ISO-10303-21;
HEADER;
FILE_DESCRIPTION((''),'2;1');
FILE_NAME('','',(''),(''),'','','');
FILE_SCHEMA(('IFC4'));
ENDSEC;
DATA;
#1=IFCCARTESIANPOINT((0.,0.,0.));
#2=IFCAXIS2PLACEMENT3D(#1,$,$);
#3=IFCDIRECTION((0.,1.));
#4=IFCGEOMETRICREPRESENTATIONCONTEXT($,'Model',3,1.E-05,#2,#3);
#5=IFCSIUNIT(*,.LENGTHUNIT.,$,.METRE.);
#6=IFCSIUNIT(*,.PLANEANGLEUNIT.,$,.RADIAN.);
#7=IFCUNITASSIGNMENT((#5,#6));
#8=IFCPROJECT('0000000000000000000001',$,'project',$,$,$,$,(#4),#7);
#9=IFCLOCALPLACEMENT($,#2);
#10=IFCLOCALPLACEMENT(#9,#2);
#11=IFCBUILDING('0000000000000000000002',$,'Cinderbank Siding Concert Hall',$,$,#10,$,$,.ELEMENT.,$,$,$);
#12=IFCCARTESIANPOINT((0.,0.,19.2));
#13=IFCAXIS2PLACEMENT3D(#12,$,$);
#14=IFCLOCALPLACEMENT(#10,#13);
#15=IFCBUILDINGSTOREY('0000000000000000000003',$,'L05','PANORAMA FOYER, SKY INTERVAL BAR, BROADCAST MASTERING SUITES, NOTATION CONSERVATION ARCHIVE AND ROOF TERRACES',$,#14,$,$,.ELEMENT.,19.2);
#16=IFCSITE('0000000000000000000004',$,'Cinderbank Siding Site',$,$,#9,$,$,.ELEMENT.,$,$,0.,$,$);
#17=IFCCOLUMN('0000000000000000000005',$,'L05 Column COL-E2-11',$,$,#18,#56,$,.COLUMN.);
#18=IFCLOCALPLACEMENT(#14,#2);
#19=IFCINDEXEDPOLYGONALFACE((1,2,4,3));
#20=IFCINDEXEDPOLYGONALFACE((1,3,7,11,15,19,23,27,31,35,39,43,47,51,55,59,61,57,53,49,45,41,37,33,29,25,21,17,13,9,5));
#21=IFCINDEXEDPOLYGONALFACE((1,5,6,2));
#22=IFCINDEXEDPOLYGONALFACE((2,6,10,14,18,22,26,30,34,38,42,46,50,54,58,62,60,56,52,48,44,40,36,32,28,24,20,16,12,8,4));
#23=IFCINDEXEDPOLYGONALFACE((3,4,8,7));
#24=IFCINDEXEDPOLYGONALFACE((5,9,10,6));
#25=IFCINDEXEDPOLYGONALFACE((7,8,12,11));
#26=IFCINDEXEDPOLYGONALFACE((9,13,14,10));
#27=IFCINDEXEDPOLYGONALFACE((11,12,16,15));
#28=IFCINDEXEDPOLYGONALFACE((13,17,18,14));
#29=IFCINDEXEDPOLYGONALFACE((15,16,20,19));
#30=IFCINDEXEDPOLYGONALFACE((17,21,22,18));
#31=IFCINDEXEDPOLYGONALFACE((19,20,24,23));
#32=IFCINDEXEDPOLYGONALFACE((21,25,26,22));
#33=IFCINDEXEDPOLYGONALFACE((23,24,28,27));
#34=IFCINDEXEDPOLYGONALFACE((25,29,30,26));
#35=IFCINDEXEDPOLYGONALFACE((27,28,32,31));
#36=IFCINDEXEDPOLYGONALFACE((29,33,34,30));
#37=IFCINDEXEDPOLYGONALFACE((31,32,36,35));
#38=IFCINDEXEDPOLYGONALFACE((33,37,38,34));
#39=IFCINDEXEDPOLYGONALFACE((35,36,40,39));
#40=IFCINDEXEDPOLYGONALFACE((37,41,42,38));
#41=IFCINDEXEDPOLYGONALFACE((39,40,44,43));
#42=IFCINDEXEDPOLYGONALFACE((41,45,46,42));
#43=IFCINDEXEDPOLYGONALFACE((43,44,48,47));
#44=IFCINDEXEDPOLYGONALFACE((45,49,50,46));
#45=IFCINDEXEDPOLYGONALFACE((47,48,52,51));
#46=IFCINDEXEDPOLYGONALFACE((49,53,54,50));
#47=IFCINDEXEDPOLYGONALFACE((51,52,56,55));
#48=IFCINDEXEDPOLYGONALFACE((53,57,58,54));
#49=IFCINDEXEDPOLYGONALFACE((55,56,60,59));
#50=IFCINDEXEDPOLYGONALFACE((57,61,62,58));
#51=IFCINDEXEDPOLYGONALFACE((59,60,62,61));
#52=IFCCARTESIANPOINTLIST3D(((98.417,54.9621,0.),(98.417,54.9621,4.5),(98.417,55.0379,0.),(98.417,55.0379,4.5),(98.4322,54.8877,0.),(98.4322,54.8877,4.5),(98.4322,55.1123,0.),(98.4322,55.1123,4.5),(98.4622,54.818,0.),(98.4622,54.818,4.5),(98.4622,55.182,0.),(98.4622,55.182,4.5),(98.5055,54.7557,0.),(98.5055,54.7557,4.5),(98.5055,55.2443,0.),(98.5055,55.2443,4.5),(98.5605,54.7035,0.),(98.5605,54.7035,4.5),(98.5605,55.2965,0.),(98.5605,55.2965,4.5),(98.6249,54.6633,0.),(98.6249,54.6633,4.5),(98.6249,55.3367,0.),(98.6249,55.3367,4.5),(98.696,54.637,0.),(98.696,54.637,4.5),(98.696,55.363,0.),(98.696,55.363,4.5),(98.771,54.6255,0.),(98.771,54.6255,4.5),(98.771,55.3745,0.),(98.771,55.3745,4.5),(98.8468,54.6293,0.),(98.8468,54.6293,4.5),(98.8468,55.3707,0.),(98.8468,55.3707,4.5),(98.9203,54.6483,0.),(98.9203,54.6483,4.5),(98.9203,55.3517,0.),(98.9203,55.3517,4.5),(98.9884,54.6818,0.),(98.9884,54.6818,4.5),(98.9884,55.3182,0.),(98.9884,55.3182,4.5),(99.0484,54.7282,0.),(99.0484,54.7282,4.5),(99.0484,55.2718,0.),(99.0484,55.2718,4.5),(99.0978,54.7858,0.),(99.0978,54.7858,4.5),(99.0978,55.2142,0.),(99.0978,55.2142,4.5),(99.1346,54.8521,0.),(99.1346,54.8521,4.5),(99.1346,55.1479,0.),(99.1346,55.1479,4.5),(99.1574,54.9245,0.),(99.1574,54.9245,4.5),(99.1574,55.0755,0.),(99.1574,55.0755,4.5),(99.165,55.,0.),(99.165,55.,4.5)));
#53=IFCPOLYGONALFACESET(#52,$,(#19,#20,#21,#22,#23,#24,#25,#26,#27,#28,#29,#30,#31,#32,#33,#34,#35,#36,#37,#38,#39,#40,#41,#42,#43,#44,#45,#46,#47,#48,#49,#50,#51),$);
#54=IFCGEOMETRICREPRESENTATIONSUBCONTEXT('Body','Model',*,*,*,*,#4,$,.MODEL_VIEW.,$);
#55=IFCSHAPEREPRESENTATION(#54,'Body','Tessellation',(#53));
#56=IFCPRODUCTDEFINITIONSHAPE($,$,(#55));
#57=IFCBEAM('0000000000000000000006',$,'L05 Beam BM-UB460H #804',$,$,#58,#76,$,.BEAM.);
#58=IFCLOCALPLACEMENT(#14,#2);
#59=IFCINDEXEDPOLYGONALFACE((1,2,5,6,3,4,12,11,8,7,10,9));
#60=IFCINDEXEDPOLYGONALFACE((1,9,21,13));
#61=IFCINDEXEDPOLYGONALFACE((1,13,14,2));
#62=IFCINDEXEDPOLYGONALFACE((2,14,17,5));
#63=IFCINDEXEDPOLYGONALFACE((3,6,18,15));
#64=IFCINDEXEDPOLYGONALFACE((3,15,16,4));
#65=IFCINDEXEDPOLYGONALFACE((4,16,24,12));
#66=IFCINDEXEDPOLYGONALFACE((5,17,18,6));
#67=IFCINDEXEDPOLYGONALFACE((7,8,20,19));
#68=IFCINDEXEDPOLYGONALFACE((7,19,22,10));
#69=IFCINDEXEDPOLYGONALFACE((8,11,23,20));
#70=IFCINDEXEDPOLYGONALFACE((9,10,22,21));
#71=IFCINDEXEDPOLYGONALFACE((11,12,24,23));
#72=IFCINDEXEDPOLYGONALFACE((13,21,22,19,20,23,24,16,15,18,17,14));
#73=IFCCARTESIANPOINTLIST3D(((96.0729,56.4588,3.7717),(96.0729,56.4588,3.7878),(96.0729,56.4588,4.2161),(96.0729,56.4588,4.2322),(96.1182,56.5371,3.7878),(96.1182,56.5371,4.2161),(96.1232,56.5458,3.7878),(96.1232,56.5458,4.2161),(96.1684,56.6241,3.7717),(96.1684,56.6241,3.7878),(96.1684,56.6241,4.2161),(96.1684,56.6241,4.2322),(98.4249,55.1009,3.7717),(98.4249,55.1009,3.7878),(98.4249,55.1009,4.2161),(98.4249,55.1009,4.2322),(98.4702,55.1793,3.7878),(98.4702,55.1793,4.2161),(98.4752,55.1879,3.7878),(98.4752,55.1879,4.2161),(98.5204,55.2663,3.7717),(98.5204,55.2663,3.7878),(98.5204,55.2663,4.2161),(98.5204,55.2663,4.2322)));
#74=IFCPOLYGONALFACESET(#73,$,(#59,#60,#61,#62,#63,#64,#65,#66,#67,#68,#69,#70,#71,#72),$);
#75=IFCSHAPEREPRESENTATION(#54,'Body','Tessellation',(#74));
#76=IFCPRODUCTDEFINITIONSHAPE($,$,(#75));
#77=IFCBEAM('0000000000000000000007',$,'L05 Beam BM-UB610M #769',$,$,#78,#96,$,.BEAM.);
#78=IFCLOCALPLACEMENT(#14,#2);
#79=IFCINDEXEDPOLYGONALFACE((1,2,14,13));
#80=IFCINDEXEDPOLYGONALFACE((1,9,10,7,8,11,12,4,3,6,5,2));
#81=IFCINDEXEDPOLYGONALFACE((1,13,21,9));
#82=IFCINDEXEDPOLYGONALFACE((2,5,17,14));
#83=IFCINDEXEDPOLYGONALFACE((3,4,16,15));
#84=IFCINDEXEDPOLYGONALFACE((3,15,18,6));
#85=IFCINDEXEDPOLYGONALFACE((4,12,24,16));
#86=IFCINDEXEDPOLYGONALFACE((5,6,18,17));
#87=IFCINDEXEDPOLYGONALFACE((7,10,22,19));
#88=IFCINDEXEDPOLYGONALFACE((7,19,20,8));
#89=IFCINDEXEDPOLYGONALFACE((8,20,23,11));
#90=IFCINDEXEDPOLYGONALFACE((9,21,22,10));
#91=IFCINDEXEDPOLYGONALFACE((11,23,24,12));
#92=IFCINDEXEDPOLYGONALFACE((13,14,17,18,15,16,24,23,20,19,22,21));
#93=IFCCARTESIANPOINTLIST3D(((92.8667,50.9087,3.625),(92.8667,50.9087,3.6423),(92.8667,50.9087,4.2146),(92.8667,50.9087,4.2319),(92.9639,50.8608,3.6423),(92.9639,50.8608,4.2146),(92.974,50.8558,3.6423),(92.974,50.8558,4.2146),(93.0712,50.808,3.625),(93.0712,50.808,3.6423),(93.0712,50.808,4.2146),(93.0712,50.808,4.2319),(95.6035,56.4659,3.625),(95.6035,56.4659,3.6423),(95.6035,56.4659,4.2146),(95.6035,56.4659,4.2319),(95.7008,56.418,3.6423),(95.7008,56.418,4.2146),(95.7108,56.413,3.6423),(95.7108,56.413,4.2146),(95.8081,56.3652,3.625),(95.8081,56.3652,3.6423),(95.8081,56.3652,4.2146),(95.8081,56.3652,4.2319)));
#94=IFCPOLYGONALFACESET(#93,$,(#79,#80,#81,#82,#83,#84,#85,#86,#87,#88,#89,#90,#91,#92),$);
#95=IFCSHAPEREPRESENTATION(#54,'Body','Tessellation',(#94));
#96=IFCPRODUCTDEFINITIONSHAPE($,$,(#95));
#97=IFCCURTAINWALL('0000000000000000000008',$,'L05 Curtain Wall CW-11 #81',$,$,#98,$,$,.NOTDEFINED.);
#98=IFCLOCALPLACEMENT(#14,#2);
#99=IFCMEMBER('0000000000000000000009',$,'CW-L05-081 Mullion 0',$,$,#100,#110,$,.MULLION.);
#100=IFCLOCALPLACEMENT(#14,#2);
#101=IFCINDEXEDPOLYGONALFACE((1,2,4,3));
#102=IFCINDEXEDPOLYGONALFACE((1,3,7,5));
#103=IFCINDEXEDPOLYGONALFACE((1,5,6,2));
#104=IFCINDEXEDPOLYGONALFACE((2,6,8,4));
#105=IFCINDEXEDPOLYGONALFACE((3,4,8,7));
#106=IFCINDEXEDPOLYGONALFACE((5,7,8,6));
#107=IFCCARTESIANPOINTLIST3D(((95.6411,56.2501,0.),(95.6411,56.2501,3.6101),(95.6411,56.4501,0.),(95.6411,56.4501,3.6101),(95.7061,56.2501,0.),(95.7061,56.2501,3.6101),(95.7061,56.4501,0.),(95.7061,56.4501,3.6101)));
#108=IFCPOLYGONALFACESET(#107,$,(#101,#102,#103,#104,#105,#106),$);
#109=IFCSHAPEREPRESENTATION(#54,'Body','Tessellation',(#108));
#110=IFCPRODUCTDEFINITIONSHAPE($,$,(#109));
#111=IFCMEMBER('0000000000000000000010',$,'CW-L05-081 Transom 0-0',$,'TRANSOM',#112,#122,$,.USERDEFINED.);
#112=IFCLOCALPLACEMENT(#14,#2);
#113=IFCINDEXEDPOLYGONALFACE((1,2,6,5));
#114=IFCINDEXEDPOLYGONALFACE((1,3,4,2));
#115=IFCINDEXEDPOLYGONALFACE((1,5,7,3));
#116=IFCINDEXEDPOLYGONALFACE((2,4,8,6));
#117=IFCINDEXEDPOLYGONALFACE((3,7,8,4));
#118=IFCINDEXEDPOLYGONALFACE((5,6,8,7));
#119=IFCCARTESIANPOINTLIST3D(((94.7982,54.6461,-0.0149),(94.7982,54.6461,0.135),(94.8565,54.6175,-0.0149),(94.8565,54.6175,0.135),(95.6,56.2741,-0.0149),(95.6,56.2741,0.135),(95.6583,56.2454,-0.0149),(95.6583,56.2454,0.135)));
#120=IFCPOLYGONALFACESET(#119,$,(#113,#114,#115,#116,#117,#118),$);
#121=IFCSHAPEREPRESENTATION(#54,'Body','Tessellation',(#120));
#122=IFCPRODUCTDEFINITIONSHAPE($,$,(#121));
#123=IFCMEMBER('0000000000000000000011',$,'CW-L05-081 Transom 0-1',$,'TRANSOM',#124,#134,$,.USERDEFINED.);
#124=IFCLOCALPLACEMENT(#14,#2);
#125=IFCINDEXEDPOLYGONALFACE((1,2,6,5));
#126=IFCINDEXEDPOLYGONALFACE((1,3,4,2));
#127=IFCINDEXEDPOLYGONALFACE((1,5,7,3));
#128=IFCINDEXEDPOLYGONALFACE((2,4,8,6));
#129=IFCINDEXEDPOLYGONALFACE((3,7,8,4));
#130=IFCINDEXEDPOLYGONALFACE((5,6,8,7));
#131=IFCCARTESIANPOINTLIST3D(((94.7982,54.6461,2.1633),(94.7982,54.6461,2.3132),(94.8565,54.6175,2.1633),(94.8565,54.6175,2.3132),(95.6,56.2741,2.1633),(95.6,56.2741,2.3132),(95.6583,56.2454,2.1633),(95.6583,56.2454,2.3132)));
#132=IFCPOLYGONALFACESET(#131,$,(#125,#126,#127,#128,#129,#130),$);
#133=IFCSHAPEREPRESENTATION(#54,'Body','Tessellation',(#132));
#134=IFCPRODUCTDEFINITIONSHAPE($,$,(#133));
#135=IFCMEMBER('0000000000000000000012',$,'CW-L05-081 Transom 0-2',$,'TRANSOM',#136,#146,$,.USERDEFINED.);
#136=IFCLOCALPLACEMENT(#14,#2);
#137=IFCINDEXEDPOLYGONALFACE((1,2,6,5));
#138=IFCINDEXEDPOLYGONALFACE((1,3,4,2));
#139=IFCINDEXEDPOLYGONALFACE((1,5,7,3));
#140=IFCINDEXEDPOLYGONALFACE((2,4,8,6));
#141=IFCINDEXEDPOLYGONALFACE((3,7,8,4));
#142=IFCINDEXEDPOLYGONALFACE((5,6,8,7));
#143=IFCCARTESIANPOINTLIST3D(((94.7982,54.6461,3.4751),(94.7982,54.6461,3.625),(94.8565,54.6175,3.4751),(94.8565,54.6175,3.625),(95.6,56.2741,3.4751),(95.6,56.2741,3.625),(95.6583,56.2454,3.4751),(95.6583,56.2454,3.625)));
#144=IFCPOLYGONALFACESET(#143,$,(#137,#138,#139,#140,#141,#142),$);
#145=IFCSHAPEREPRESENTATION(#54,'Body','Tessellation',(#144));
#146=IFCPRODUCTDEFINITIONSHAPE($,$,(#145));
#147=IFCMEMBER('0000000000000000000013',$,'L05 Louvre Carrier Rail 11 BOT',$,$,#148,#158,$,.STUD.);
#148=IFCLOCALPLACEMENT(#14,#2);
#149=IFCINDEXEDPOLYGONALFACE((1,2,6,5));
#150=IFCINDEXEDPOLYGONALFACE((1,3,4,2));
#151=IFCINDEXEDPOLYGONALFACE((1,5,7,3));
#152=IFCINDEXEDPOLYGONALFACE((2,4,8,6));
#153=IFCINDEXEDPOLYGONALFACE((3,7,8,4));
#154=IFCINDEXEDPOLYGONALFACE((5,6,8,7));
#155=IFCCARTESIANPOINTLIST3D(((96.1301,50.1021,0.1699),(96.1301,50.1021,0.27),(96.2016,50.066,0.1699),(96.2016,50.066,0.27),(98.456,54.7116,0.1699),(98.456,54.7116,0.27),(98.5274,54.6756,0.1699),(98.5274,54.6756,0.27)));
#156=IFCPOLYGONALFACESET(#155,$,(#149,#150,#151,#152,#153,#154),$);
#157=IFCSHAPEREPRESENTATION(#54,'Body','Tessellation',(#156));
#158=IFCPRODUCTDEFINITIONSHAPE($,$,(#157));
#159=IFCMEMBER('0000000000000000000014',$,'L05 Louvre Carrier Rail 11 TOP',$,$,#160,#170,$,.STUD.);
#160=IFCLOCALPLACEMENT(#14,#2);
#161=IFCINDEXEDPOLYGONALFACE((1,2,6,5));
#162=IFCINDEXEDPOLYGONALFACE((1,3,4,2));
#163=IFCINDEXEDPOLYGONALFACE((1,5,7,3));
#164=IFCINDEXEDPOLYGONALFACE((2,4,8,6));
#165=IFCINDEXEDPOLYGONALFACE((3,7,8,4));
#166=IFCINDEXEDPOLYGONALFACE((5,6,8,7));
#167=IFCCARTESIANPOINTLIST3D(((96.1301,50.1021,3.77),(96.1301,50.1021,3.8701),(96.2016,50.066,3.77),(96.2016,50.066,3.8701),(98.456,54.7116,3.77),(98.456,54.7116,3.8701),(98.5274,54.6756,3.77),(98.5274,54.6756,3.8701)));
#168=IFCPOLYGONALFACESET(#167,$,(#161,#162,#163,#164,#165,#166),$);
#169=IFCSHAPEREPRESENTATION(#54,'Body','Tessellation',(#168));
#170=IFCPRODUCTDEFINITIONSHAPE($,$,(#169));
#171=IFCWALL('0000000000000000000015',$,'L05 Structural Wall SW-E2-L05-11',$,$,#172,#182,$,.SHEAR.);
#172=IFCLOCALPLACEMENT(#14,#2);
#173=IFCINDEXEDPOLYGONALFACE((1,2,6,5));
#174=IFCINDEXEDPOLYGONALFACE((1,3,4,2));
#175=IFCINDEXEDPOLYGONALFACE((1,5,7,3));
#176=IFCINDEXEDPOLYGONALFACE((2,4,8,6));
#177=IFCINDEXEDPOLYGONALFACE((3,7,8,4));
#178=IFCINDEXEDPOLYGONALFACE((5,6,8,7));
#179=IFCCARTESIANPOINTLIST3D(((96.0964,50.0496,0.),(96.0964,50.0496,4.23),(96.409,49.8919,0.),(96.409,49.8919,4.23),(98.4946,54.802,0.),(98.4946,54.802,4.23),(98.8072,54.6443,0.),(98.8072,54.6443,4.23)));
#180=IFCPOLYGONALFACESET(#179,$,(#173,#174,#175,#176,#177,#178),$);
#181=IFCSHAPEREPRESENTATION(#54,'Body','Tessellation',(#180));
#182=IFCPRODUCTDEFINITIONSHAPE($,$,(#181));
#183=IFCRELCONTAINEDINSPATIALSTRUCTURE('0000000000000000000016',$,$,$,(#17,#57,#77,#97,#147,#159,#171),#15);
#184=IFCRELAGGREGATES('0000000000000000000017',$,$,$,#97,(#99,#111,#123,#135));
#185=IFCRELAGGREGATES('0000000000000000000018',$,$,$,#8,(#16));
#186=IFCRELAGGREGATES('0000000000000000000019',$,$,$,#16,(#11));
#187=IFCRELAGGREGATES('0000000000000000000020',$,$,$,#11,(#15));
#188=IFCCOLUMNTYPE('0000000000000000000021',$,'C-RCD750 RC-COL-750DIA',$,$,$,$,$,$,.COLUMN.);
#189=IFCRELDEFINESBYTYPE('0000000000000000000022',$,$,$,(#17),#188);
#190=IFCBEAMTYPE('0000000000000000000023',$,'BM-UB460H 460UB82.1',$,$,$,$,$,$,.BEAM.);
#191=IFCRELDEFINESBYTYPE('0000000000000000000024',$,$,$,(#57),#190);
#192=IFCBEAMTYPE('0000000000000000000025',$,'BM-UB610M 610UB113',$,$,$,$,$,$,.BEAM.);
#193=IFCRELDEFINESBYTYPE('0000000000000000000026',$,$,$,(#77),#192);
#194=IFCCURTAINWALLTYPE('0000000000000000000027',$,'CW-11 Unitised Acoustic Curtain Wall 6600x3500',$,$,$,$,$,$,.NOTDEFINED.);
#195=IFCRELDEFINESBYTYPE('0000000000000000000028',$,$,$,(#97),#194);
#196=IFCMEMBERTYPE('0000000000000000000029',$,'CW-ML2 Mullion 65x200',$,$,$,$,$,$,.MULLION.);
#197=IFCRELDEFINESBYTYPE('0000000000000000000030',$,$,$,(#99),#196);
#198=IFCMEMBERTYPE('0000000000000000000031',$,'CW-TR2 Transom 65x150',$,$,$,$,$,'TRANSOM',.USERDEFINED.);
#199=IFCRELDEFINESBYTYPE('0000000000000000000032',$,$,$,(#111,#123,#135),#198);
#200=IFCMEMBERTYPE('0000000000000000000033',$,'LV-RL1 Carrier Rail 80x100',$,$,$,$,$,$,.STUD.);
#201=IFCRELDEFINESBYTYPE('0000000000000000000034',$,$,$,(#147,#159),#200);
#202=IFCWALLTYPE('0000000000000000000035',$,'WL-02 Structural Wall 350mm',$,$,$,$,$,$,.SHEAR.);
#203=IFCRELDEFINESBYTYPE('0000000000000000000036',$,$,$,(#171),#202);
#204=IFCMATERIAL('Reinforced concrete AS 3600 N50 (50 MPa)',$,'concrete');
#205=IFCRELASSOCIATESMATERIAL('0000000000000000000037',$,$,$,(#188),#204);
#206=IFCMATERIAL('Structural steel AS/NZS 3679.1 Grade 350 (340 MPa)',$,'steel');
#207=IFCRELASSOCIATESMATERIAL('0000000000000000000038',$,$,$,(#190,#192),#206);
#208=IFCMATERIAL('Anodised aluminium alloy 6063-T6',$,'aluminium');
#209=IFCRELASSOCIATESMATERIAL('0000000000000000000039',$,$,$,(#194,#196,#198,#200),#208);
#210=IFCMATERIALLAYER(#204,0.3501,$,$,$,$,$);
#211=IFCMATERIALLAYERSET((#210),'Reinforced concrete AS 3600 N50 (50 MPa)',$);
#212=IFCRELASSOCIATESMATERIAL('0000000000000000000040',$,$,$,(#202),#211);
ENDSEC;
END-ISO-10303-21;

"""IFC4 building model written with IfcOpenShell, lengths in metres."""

from ifc_helpers import new_model, si_unit, direction, frame, frame_2d, origin, origin_2d, place, context, subcontext, project, spatial, rectangle, circle, i_section, extrude, material, layer, layer_set, material_profile, profile_set, type_object, element, aggregate, save


model = new_model("IFC4")

# Units and contexts
model_context = context("Model", 3, precision=1e-05, world=origin(), true_north=direction((0.0, 1.0)))
body_context = subcontext(model_context, "Body", "Model", "MODEL_VIEW")
ifc_project = project(units=[si_unit("LENGTHUNIT", "METRE"), si_unit("PLANEANGLEUNIT", "RADIAN")], contexts=[model_context])

# Site, building, storey
site_placement = place(None, origin())
site = spatial("IfcSite", under=ifc_project, at=site_placement, Name="Cinderbank Siding Site", CompositionType="ELEMENT", RefElevation=0.0)
building_placement = place(site_placement, origin())
building = spatial("IfcBuilding", under=site, at=building_placement, Name="Cinderbank Siding Concert Hall", CompositionType="ELEMENT")
storey_placement = place(building_placement, frame((0.0, 0.0, 19.2)))
storey = spatial("IfcBuildingStorey", under=building, at=storey_placement, Name="L05", Description="PANORAMA FOYER, SKY INTERVAL BAR, BROADCAST MASTERING SUITES, NOTATION CONSERVATION ARCHIVE AND ROOF TERRACES", CompositionType="ELEMENT", Elevation=19.2)

# Column
ifc_material_1 = material(Name="Reinforced concrete AS 3600 N50 (50 MPa)", Category="concrete")
ifc_material_profile_1 = material_profile(ifc_material_1, circle(Radius=0.375, at=origin_2d()), Name="RC-COL-750DIA", Category="LoadBearing")
ifc_profile_set_1 = profile_set([ifc_material_profile_1], Name="Reinforced concrete AS 3600 N50 (50 MPa)")
column_type = type_object("IfcColumnType", Name="C-RCD750 RC-COL-750DIA", PredefinedType="COLUMN", material=ifc_profile_set_1)
column_placement = place(storey_placement, frame((98.79, 55.0, 0.0), z_axis=(0.0, 0.0, 1.0), x_axis=(1.0, 0.0, 0.0)))
element("IfcColumn", 1, at=column_placement, inside=storey, type_object=column_type, Name="L05 Column COL-E2-11", PredefinedType="COLUMN", context=body_context, shape_type="SweptSolid", body=[
    extrude(circle(Radius=0.375, at=origin_2d()), origin(), (0.0, 0.0, 1.0), 4.5),
])

# Beams
ifc_material_2 = material(Name="Structural steel AS/NZS 3679.1 Grade 350 (340 MPa)", Category="steel")
ifc_material_profile_2 = material_profile(ifc_material_2, i_section(OverallWidth=0.1909, OverallDepth=0.4604, WebThickness=0.01, FlangeThickness=0.0161, at=origin_2d()), Name="460UB82.1", Category="LoadBearing")
ifc_profile_set_2 = profile_set([ifc_material_profile_2], Name="Structural steel AS/NZS 3679.1 Grade 350 (340 MPa)")
beam_type_1 = type_object("IfcBeamType", Name="BM-UB460H 460UB82.1", PredefinedType="BEAM", material=ifc_profile_set_2)
beam_1_placement = place(storey_placement, frame((98.4727, 55.1836, 4.002), z_axis=(-0.866033, 0.499987, 0.0), x_axis=(-0.499987, -0.866033, 0.0)))
element("IfcBeam", 2, at=beam_1_placement, inside=storey, type_object=beam_type_1, Name="L05 Beam BM-UB460H #804", PredefinedType="BEAM", context=body_context, shape_type="SweptSolid", body=[
    extrude(i_section(OverallWidth=0.1909, OverallDepth=0.4604, WebThickness=0.01, FlangeThickness=0.0161, at=origin_2d()), origin(), (0.0, 0.0, 1.0), 2.7158),
])
ifc_material_profile_3 = material_profile(ifc_material_2, i_section(OverallWidth=0.228, OverallDepth=0.6069, WebThickness=0.0112, FlangeThickness=0.0173, at=origin_2d()), Name="610UB113", Category="LoadBearing")
ifc_profile_set_3 = profile_set([ifc_material_profile_3], Name="Structural steel AS/NZS 3679.1 Grade 350 (340 MPa)")
beam_type_2 = type_object("IfcBeamType", Name="BM-UB610M 610UB113", PredefinedType="BEAM", material=ifc_profile_set_3)
beam_2_placement = place(storey_placement, frame((95.7058, 56.4155, 3.9285), z_axis=(-0.441814, -0.897107, 0.0), x_axis=(0.897107, -0.441814, 0.0)))
element("IfcBeam", 3, at=beam_2_placement, inside=storey, type_object=beam_type_2, Name="L05 Beam BM-UB610M #769", PredefinedType="BEAM", context=body_context, shape_type="SweptSolid", body=[
    extrude(i_section(OverallWidth=0.228, OverallDepth=0.6069, WebThickness=0.0112, FlangeThickness=0.0173, at=origin_2d()), origin(), (0.0, 0.0, 1.0), 6.1946),
])

# Curtain wall, members
ifc_material_3 = material(Name="Anodised aluminium alloy 6063-T6", Category="aluminium")
curtain_wall_type = type_object("IfcCurtainWallType", Name="CW-11 Unitised Acoustic Curtain Wall 6600x3500", PredefinedType="NOTDEFINED", material=ifc_material_3)
curtain_wall_placement = place(storey_placement, origin())
curtain_wall = element("IfcCurtainWall", 4, at=curtain_wall_placement, inside=storey, type_object=curtain_wall_type, Name="L05 Curtain Wall CW-11 #81", PredefinedType="NOTDEFINED")
ifc_material_profile_4 = material_profile(ifc_material_3, rectangle(XDim=0.0649, YDim=0.2, at=origin_2d()), Name="ALU-MULL-65x200", Category="LoadBearing")
ifc_profile_set_4 = profile_set([ifc_material_profile_4], Name="Anodised aluminium alloy 6063-T6")
member_type_1 = type_object("IfcMemberType", Name="CW-ML2 Mullion 65x200", PredefinedType="MULLION", material=ifc_profile_set_4)
member_1_placement = place(storey_placement, frame((95.6736, 56.3501, 0.0), z_axis=(0.0, 0.0, 1.0), x_axis=(1.0, 0.0, 0.0)))
member_1 = element("IfcMember", 5, at=member_1_placement, type_object=member_type_1, Name="CW-L05-081 Mullion 0", PredefinedType="MULLION", context=body_context, shape_type="SweptSolid", body=[
    extrude(rectangle(XDim=0.0649, YDim=0.2, at=origin_2d()), origin(), (0.0, 0.0, 1.0), 3.6101),
])
ifc_material_profile_5 = material_profile(ifc_material_3, rectangle(XDim=0.0649, YDim=0.1499, at=origin_2d()), Name="ALU-TRAN-65x150", Category="LoadBearing")
ifc_profile_set_5 = profile_set([ifc_material_profile_5], Name="Anodised aluminium alloy 6063-T6")
member_type_2 = type_object("IfcMemberType", Name="CW-TR2 Transom 65x150", ElementType="TRANSOM", PredefinedType="USERDEFINED", material=ifc_profile_set_5)
member_2_placement = place(storey_placement, frame((95.6292, 56.2598, 0.0601), z_axis=(-0.441824, -0.897102, 0.0), x_axis=(0.897102, -0.441824, 0.0)))
member_2 = element("IfcMember", 6, at=member_2_placement, type_object=member_type_2, Name="CW-L05-081 Transom 0-0", ObjectType="TRANSOM", PredefinedType="USERDEFINED", context=body_context, shape_type="SweptSolid", body=[
    extrude(rectangle(XDim=0.0649, YDim=0.1499, at=origin_2d()), origin(), (0.0, 0.0, 1.0), 1.8147),
])
member_3_placement = place(storey_placement, frame((95.6292, 56.2598, 2.2383), z_axis=(-0.441824, -0.897102, 0.0), x_axis=(0.897102, -0.441824, 0.0)))
member_3 = element("IfcMember", 7, at=member_3_placement, type_object=member_type_2, Name="CW-L05-081 Transom 0-1", ObjectType="TRANSOM", PredefinedType="USERDEFINED", context=body_context, shape_type="SweptSolid", body=[
    extrude(rectangle(XDim=0.0649, YDim=0.1499, at=origin_2d()), origin(), (0.0, 0.0, 1.0), 1.8147),
])
member_4_placement = place(storey_placement, frame((95.6292, 56.2598, 3.55), z_axis=(-0.441824, -0.897102, 0.0), x_axis=(0.897102, -0.441824, 0.0)))
member_4 = element("IfcMember", 8, at=member_4_placement, type_object=member_type_2, Name="CW-L05-081 Transom 0-2", ObjectType="TRANSOM", PredefinedType="USERDEFINED", context=body_context, shape_type="SweptSolid", body=[
    extrude(rectangle(XDim=0.0649, YDim=0.1499, at=origin_2d()), origin(), (0.0, 0.0, 1.0), 1.8147),
])
aggregate(curtain_wall, [member_1, member_2, member_3, member_4])

# Members
ifc_material_profile_6 = material_profile(ifc_material_3, rectangle(XDim=0.0801, YDim=0.1001, at=origin_2d()), Name="ALU-RAIL-80x100", Category="LoadBearing")
ifc_profile_set_6 = profile_set([ifc_material_profile_6], Name="Anodised aluminium alloy 6063-T6")
member_type_3 = type_object("IfcMemberType", Name="LV-RL1 Carrier Rail 80x100", PredefinedType="STUD", material=ifc_profile_set_6)
for number, where, z_axis, x_axis, name in (
    (9, (98.4917, 54.6936, 0.22), (-0.450483, -0.892785, 0.0), (0.892785, -0.450483, 0.0), "L05 Louvre Carrier Rail 11 BOT"),
    (10, (98.4917, 54.6936, 3.8201), (-0.450483, -0.892785, 0.0), (0.892785, -0.450483, 0.0), "L05 Louvre Carrier Rail 11 TOP"),
):
    element("IfcMember", number, at=place(storey_placement, frame(where, z_axis=z_axis, x_axis=x_axis)), inside=storey, type_object=member_type_3, Name=name, PredefinedType="STUD", context=body_context, shape_type="SweptSolid", body=[
        extrude(rectangle(XDim=0.0801, YDim=0.1001, at=origin_2d()), origin(), (0.0, 0.0, 1.0), 5.1631),
    ])

# Wall
ifc_layer = layer(ifc_material_1, 0.3501)
ifc_layer_set = layer_set([ifc_layer], Name="Reinforced concrete AS 3600 N50 (50 MPa)")
wall_type = type_object("IfcWallType", Name="WL-02 Structural Wall 350mm", PredefinedType="SHEAR", material=ifc_layer_set)
wall_placement = place(storey_placement, frame((98.6509, 54.7231, 0.0), z_axis=(0.0, 0.0, 1.0), x_axis=(-0.450513, -0.89277, 0.0)))
element("IfcWall", 11, at=wall_placement, inside=storey, type_object=wall_type, Name="L05 Structural Wall SW-E2-L05-11", PredefinedType="SHEAR", context=body_context, shape_type="SweptSolid", body=[
    extrude(rectangle(XDim=5.3232, YDim=0.3501, at=frame_2d((2.6616, 0.0))), origin(), (0.0, 0.0, 1.0), 4.23),
])

save(model, "model.ifc")
